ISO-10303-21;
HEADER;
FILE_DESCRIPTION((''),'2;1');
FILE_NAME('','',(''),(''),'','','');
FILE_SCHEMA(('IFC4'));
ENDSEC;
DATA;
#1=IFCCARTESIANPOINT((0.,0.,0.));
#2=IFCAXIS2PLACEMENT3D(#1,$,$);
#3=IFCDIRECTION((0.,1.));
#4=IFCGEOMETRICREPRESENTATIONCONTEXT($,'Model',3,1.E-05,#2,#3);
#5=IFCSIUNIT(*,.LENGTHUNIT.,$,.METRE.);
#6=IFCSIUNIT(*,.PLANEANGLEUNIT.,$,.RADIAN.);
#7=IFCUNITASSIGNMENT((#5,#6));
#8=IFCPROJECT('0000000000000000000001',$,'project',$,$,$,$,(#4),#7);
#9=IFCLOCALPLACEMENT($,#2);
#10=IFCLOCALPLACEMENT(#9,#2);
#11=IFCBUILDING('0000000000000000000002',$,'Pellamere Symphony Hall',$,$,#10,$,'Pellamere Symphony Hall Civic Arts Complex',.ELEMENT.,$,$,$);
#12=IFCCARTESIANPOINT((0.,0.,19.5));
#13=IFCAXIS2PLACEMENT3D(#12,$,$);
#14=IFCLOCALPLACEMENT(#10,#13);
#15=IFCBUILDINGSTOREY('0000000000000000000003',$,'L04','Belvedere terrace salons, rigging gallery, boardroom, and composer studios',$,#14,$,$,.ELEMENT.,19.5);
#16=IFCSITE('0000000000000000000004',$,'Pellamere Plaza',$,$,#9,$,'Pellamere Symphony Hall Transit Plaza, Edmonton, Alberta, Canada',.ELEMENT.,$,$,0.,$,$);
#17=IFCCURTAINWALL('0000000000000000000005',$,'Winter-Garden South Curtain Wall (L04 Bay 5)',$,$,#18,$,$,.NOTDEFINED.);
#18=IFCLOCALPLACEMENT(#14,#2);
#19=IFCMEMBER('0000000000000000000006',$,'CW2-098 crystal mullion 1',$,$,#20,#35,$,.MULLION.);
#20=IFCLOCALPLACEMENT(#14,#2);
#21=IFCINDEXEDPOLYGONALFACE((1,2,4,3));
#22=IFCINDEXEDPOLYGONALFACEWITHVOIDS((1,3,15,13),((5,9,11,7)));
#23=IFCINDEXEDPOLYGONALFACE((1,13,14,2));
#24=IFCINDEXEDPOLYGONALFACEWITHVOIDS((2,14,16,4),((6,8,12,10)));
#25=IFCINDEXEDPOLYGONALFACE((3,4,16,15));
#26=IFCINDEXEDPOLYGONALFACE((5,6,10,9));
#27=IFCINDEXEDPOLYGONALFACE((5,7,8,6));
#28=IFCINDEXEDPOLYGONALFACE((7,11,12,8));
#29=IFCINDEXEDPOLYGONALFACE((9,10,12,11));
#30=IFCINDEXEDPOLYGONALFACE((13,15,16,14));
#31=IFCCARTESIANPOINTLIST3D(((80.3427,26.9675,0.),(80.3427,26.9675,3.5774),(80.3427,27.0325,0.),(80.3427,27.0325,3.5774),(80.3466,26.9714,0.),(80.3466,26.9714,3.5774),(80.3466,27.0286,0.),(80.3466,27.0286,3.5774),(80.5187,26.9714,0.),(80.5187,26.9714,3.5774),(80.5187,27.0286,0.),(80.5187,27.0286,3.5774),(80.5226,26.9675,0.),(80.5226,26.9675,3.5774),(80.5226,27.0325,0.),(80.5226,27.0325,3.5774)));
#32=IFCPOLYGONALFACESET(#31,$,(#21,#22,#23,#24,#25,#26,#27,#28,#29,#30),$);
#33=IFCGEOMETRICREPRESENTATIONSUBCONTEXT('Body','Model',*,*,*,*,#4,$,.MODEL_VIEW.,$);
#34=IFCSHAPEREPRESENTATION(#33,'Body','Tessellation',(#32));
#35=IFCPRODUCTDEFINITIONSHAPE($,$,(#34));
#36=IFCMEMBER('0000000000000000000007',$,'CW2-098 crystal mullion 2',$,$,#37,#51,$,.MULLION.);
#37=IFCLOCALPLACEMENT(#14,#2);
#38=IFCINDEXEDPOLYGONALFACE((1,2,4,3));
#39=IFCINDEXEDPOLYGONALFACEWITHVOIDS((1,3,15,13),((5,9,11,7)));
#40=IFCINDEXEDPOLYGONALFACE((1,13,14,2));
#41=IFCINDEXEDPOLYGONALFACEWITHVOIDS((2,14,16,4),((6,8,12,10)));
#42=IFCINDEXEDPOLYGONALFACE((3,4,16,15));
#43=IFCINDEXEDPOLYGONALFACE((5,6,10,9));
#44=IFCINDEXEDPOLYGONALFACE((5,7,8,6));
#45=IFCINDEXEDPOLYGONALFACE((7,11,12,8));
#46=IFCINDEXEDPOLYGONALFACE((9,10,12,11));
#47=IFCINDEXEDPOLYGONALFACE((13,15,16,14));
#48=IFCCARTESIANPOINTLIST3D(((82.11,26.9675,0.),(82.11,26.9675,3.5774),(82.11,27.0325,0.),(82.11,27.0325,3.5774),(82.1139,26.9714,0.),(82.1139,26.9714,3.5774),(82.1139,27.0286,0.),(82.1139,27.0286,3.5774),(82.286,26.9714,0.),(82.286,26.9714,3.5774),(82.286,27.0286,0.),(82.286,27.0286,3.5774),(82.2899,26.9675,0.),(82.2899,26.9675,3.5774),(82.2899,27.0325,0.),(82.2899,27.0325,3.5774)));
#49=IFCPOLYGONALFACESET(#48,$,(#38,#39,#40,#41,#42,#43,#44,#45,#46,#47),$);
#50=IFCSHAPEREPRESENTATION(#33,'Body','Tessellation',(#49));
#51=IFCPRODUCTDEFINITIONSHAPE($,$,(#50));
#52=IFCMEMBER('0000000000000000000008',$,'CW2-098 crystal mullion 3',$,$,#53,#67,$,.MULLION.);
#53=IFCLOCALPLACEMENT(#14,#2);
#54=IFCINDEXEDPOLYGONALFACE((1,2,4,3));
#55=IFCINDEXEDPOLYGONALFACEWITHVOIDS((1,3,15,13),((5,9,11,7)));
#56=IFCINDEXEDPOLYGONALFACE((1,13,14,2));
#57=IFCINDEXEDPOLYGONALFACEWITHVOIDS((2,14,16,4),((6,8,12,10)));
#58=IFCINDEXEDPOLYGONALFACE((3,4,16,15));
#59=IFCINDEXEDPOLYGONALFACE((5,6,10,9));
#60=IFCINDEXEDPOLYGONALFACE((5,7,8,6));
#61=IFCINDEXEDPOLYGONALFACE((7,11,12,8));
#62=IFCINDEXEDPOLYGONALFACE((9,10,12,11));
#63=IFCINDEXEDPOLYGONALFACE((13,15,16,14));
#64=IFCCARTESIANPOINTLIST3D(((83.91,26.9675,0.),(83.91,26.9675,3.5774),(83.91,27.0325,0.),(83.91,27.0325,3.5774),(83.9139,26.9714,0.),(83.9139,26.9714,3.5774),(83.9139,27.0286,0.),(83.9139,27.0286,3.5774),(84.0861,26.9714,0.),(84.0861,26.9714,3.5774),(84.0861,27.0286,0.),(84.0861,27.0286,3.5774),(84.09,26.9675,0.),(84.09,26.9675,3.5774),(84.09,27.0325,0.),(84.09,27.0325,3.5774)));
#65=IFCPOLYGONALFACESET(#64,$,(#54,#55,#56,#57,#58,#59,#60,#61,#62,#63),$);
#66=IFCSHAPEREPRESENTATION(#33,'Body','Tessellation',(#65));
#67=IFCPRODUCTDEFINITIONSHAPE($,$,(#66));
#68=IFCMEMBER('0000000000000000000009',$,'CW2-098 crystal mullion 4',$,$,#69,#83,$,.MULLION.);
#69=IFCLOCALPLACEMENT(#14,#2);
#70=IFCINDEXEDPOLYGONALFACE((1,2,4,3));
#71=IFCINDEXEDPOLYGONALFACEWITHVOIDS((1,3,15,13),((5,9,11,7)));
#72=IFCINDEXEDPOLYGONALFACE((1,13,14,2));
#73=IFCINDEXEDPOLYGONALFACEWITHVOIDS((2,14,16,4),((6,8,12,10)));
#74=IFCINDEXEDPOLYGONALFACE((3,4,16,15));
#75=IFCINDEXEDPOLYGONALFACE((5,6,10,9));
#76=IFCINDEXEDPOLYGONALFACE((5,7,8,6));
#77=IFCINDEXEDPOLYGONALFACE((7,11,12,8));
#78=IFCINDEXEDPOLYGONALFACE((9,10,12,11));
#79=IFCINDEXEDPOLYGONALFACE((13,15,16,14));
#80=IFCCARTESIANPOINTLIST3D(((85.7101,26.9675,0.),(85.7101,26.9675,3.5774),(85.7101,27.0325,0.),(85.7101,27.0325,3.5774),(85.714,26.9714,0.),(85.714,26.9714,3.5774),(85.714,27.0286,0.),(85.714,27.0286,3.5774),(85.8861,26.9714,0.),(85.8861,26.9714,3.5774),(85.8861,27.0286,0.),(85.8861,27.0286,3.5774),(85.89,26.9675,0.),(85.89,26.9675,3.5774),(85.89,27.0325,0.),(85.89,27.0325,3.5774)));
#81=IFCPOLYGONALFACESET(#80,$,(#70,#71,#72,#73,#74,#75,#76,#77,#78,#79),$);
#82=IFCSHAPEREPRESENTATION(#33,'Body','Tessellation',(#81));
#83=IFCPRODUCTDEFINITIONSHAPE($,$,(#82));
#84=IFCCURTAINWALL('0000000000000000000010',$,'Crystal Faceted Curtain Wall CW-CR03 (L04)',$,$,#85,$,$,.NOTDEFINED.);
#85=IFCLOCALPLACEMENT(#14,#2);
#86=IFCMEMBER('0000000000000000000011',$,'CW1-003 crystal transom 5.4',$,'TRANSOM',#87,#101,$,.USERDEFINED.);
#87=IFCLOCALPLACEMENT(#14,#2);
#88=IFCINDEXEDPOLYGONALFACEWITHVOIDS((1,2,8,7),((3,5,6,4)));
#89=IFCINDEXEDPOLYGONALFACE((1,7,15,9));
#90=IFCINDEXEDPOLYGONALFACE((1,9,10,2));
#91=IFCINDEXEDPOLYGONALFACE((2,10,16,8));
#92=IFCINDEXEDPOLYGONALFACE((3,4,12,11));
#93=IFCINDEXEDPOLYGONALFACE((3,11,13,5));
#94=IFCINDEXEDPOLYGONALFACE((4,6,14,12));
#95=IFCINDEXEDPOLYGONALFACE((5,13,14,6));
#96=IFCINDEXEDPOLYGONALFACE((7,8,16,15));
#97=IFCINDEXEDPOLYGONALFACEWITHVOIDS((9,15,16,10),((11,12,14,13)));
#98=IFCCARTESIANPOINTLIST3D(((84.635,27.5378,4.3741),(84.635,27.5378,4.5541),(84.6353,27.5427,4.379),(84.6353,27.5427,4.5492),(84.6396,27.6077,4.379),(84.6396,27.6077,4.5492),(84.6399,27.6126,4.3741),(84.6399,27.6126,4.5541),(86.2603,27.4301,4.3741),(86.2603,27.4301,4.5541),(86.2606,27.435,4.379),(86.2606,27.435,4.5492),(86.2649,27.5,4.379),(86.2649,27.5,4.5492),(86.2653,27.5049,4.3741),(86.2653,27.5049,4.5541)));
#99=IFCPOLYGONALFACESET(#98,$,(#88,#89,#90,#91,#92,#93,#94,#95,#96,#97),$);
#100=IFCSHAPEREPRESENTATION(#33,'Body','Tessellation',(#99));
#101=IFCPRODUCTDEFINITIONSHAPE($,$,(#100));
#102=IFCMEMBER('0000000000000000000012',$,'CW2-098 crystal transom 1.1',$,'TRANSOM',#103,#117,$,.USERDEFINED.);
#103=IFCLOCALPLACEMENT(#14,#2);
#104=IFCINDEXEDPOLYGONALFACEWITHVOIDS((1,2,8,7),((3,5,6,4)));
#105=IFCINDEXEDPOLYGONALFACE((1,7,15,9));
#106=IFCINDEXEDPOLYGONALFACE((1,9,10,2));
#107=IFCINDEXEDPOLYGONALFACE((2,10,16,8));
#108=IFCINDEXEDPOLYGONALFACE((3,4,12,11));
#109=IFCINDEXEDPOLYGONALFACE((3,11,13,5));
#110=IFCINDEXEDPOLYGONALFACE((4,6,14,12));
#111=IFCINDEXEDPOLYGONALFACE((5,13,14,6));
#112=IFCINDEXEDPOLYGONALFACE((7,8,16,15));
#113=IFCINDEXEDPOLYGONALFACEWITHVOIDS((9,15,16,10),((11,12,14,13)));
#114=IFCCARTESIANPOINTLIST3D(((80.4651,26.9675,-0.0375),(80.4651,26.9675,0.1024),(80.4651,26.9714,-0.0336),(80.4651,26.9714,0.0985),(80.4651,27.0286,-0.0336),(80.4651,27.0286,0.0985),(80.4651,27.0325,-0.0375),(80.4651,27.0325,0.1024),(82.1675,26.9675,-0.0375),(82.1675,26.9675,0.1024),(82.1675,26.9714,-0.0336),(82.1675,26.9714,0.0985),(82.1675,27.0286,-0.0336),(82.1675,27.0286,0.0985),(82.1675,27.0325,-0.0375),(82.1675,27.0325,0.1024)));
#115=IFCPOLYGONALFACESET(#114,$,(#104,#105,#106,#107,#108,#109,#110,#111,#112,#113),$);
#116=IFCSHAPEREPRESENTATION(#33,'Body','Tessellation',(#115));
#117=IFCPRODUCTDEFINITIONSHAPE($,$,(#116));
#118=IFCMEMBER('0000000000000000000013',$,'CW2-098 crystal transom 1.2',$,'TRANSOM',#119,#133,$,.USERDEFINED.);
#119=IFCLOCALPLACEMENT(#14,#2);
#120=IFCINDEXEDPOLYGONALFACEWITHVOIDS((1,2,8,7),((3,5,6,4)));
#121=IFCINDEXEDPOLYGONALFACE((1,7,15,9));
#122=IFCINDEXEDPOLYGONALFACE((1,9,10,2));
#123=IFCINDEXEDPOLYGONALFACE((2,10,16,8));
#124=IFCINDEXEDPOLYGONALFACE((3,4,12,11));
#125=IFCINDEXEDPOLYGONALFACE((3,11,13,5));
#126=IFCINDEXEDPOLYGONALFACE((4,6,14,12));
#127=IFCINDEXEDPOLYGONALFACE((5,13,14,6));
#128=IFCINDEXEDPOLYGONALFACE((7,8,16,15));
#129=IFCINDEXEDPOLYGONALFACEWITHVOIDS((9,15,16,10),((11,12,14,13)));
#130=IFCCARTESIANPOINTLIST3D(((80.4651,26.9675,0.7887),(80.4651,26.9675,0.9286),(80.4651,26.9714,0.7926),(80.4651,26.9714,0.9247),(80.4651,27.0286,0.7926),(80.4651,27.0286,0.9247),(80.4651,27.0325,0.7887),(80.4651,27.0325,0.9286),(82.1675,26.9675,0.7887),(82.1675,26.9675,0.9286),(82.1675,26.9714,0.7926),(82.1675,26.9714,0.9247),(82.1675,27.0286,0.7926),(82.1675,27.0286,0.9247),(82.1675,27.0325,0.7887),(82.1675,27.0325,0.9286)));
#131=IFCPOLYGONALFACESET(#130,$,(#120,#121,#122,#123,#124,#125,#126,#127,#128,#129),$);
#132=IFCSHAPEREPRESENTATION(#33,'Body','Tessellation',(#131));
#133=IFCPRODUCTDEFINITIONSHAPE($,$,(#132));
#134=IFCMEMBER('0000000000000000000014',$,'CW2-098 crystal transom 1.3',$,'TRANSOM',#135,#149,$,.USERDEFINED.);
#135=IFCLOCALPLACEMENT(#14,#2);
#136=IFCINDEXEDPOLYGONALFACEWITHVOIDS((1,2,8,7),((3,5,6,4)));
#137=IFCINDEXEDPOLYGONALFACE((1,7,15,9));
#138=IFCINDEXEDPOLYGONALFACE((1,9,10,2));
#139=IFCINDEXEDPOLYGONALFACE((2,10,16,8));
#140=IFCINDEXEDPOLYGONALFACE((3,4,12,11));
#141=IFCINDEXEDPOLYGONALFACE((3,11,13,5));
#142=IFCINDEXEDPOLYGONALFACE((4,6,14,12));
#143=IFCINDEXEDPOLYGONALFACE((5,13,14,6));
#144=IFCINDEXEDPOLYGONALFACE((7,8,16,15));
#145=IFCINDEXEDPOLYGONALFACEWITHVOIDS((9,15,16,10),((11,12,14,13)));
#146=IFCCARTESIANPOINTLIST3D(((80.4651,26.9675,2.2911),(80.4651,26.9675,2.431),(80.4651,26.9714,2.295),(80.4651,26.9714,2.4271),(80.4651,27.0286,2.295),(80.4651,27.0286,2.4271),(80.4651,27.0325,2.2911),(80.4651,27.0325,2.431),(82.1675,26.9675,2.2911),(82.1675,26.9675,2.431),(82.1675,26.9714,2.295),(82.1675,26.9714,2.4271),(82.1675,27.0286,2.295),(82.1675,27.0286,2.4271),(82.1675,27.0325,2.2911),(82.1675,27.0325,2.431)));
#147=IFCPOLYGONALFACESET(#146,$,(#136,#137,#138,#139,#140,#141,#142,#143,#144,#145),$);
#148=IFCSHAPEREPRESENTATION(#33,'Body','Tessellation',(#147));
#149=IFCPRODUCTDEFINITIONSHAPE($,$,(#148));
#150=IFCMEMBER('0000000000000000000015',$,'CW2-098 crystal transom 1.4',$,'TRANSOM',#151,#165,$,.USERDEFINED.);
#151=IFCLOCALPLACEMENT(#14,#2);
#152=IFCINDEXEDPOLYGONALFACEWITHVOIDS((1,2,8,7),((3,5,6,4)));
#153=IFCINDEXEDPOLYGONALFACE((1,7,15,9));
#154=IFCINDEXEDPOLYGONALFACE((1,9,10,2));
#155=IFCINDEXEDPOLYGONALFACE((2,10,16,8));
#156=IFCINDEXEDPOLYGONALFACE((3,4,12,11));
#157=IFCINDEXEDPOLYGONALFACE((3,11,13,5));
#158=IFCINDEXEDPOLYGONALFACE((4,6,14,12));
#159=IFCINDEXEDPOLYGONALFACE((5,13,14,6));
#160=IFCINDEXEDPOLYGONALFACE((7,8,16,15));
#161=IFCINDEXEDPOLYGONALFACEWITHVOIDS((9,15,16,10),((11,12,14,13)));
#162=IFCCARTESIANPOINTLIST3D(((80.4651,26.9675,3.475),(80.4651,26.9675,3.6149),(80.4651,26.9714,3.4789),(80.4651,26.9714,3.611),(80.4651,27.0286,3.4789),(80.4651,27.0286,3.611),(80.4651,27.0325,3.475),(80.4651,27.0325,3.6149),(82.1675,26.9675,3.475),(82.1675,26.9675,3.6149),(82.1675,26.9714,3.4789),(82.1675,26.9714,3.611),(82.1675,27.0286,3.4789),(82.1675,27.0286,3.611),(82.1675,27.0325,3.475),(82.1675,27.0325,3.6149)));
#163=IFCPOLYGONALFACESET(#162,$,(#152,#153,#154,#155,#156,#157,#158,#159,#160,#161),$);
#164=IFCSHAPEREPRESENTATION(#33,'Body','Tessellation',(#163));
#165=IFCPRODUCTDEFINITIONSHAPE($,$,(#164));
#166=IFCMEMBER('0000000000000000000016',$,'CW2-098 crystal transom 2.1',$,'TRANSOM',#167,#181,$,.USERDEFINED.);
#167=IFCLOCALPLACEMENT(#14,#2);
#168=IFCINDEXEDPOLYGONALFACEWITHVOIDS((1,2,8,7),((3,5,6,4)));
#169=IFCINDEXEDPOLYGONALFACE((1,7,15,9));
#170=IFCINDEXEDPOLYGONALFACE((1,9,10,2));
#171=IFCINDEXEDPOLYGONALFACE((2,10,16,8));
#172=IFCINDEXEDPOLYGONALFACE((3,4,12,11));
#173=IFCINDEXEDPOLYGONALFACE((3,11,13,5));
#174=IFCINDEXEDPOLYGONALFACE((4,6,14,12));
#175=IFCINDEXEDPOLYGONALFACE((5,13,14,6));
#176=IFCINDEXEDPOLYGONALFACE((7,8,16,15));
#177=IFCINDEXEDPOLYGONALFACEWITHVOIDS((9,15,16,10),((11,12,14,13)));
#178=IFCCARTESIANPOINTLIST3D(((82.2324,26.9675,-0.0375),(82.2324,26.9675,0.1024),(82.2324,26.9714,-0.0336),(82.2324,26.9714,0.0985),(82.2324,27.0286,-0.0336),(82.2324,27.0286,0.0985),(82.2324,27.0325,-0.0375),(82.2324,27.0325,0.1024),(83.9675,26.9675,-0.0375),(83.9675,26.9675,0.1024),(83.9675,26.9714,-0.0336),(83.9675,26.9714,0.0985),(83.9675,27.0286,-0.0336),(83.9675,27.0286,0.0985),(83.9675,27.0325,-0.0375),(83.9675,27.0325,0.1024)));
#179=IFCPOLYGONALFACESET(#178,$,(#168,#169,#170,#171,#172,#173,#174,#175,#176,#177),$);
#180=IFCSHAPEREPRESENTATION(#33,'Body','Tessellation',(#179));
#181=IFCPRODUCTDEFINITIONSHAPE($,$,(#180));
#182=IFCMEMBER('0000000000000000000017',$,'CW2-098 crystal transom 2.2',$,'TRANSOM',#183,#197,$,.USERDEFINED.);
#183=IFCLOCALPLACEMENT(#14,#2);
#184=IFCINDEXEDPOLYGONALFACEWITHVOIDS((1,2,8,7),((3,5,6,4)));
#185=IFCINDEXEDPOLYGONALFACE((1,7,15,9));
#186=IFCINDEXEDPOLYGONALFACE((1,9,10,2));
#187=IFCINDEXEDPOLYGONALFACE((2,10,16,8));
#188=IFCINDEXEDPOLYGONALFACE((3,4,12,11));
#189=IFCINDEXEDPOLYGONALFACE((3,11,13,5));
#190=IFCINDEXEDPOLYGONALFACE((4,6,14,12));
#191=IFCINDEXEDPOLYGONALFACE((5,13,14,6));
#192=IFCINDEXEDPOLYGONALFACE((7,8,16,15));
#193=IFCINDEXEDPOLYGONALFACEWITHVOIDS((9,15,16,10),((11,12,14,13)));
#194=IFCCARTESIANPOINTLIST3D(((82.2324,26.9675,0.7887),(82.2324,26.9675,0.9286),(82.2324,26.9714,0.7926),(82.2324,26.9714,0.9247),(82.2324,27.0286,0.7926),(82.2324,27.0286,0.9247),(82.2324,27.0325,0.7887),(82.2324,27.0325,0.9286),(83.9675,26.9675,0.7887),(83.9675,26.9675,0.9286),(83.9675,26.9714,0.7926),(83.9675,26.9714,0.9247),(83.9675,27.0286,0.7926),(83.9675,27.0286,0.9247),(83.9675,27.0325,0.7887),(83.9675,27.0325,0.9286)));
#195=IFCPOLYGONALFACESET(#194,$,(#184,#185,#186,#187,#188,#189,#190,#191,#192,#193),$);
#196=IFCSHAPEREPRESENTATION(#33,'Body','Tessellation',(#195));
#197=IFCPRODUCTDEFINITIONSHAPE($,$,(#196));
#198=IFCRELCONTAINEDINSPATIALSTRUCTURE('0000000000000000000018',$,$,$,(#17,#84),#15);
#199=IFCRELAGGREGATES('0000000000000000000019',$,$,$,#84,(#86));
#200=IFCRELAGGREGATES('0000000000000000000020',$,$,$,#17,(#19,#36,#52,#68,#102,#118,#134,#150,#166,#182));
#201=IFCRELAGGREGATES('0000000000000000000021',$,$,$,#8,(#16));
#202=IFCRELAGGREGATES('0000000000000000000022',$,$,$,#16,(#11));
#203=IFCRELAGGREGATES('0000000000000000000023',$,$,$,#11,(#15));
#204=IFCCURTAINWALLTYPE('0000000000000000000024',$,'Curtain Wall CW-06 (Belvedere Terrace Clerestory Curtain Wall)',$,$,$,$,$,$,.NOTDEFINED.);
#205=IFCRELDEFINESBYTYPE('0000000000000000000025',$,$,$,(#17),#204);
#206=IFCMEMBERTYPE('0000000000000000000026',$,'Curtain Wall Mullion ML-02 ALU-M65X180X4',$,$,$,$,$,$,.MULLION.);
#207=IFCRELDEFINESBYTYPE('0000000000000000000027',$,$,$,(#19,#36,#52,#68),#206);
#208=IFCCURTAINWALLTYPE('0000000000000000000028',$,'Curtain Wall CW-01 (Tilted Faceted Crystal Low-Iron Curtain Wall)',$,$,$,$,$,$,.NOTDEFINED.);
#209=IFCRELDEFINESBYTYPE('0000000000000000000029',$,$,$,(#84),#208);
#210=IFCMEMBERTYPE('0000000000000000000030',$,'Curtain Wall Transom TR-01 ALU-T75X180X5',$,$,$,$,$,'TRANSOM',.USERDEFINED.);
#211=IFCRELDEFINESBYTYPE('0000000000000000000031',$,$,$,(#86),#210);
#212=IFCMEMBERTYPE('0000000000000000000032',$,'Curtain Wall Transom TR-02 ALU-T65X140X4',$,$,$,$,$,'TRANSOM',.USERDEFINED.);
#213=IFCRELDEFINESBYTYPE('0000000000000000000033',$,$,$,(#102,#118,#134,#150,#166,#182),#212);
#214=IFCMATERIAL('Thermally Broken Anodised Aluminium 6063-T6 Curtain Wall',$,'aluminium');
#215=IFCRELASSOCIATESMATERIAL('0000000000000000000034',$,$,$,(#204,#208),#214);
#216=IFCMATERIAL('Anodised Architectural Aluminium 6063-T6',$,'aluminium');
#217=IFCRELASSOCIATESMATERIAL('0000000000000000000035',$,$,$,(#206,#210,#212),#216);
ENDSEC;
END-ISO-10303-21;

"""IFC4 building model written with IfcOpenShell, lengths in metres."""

from ifc_helpers import new_model, si_unit, direction, frame, origin, origin_2d, place, context, subcontext, project, spatial, hollow_rectangle, extrude, material, material_profile, profile_set, type_object, element, aggregate, save


model = new_model("IFC4")

# Units and contexts
model_context = context("Model", 3, precision=1e-05, world=origin(), true_north=direction((0.0, 1.0)))
body_context = subcontext(model_context, "Body", "Model", "MODEL_VIEW")
ifc_project = project(units=[si_unit("LENGTHUNIT", "METRE"), si_unit("PLANEANGLEUNIT", "RADIAN")], contexts=[model_context])

# Site, building, storey
site_placement = place(None, origin())
site = spatial("IfcSite", under=ifc_project, at=site_placement, Name="Pellamere Plaza", LongName="Pellamere Symphony Hall Transit Plaza, Edmonton, Alberta, Canada", CompositionType="ELEMENT", RefElevation=0.0)
building_placement = place(site_placement, origin())
building = spatial("IfcBuilding", under=site, at=building_placement, Name="Pellamere Symphony Hall", LongName="Pellamere Symphony Hall Civic Arts Complex", CompositionType="ELEMENT")
storey_placement = place(building_placement, frame((0.0, 0.0, 19.5)))
storey = spatial("IfcBuildingStorey", under=building, at=storey_placement, Name="L04", Description="Belvedere terrace salons, rigging gallery, boardroom, and composer studios", CompositionType="ELEMENT", Elevation=19.5)

# Curtain wall, members
ifc_material_1 = material(Name="Thermally Broken Anodised Aluminium 6063-T6 Curtain Wall", Category="aluminium")
curtain_wall_type_1 = type_object("IfcCurtainWallType", Name="Curtain Wall CW-06 (Belvedere Terrace Clerestory Curtain Wall)", PredefinedType="NOTDEFINED", material=ifc_material_1)
curtain_wall_1_placement = place(storey_placement, origin())
curtain_wall_1 = element("IfcCurtainWall", 1, at=curtain_wall_1_placement, inside=storey, type_object=curtain_wall_type_1, Name="Winter-Garden South Curtain Wall (L04 Bay 5)", PredefinedType="NOTDEFINED")
ifc_material_2 = material(Name="Anodised Architectural Aluminium 6063-T6", Category="aluminium")
ifc_material_profile_1 = material_profile(ifc_material_2, hollow_rectangle(XDim=0.0649, YDim=0.1799, WallThickness=0.0039, at=origin_2d()), Name="ALU-M65X180X4")
ifc_profile_set_1 = profile_set([ifc_material_profile_1], Name="Anodised Architectural Aluminium 6063-T6")
member_type_1 = type_object("IfcMemberType", Name="Curtain Wall Mullion ML-02 ALU-M65X180X4", PredefinedType="MULLION", material=ifc_profile_set_1)
member_1_placement = place(storey_placement, frame((80.4326, 27.0, 0.0), z_axis=(0.0, 0.0, 1.0), x_axis=(0.0, 1.0, 0.0)))
member_1 = element("IfcMember", 2, at=member_1_placement, type_object=member_type_1, Name="CW2-098 crystal mullion 1", PredefinedType="MULLION", context=body_context, shape_type="SweptSolid", body=[
    extrude(hollow_rectangle(XDim=0.0649, YDim=0.1799, WallThickness=0.0039, at=origin_2d()), origin(), (0.0, 0.0, 1.0), 3.5774),
])
member_2_placement = place(storey_placement, frame((82.2, 27.0, 0.0), z_axis=(0.0, 0.0, 1.0), x_axis=(0.0, 1.0, 0.0)))
member_2 = element("IfcMember", 3, at=member_2_placement, type_object=member_type_1, Name="CW2-098 crystal mullion 2", PredefinedType="MULLION", context=body_context, shape_type="SweptSolid", body=[
    extrude(hollow_rectangle(XDim=0.0649, YDim=0.1799, WallThickness=0.0039, at=origin_2d()), origin(), (0.0, 0.0, 1.0), 3.5774),
])
member_3_placement = place(storey_placement, frame((84.0, 27.0, 0.0), z_axis=(0.0, 0.0, 1.0), x_axis=(0.0, 1.0, 0.0)))
member_3 = element("IfcMember", 4, at=member_3_placement, type_object=member_type_1, Name="CW2-098 crystal mullion 3", PredefinedType="MULLION", context=body_context, shape_type="SweptSolid", body=[
    extrude(hollow_rectangle(XDim=0.0649, YDim=0.1799, WallThickness=0.0039, at=origin_2d()), origin(), (0.0, 0.0, 1.0), 3.5774),
])
member_4_placement = place(storey_placement, frame((85.8, 27.0, 0.0), z_axis=(0.0, 0.0, 1.0), x_axis=(0.0, 1.0, 0.0)))
member_4 = element("IfcMember", 5, at=member_4_placement, type_object=member_type_1, Name="CW2-098 crystal mullion 4", PredefinedType="MULLION", context=body_context, shape_type="SweptSolid", body=[
    extrude(hollow_rectangle(XDim=0.0649, YDim=0.1799, WallThickness=0.0039, at=origin_2d()), origin(), (0.0, 0.0, 1.0), 3.5774),
])

# Curtain wall, member
curtain_wall_type_2 = type_object("IfcCurtainWallType", Name="Curtain Wall CW-01 (Tilted Faceted Crystal Low-Iron Curtain Wall)", PredefinedType="NOTDEFINED", material=ifc_material_1)
curtain_wall_2_placement = place(storey_placement, origin())
curtain_wall_2 = element("IfcCurtainWall", 6, at=curtain_wall_2_placement, inside=storey, type_object=curtain_wall_type_2, Name="Crystal Faceted Curtain Wall CW-CR03 (L04)", PredefinedType="NOTDEFINED")
ifc_material_profile_2 = material_profile(ifc_material_2, hollow_rectangle(XDim=0.075, YDim=0.1799, WallThickness=0.0049, at=origin_2d()), Name="ALU-T75X180X5")
ifc_profile_set_2 = profile_set([ifc_material_profile_2], Name="Anodised Architectural Aluminium 6063-T6")
member_type_2 = type_object("IfcMemberType", Name="Curtain Wall Transom TR-01 ALU-T75X180X5", ElementType="TRANSOM", PredefinedType="USERDEFINED", material=ifc_profile_set_2)
member_5_placement = place(storey_placement, frame((84.6375, 27.5752, 4.4641), z_axis=(0.997813, -0.066101, 0.0), x_axis=(0.066101, 0.997813, 0.0)))
member_5 = element("IfcMember", 7, at=member_5_placement, type_object=member_type_2, Name="CW1-003 crystal transom 5.4", ObjectType="TRANSOM", PredefinedType="USERDEFINED", context=body_context, shape_type="SweptSolid", body=[
    extrude(hollow_rectangle(XDim=0.075, YDim=0.1799, WallThickness=0.0049, at=origin_2d()), origin(), (0.0, 0.0, 1.0), 1.6289),
])
aggregate(curtain_wall_2, [member_5])

# Members
ifc_material_profile_3 = material_profile(ifc_material_2, hollow_rectangle(XDim=0.0649, YDim=0.1399, WallThickness=0.0039, at=origin_2d()), Name="ALU-T65X140X4")
ifc_profile_set_3 = profile_set([ifc_material_profile_3], Name="Anodised Architectural Aluminium 6063-T6")
member_type_3 = type_object("IfcMemberType", Name="Curtain Wall Transom TR-02 ALU-T65X140X4", ElementType="TRANSOM", PredefinedType="USERDEFINED", material=ifc_profile_set_3)
member_6_placement = place(storey_placement, frame((80.4651, 27.0, 0.0325), z_axis=(1.0, 0.0, 0.0), x_axis=(0.0, 1.0, 0.0)))
member_6 = element("IfcMember", 8, at=member_6_placement, type_object=member_type_3, Name="CW2-098 crystal transom 1.1", ObjectType="TRANSOM", PredefinedType="USERDEFINED", context=body_context, shape_type="SweptSolid", body=[
    extrude(hollow_rectangle(XDim=0.0649, YDim=0.1399, WallThickness=0.0039, at=origin_2d()), origin(), (0.0, 0.0, 1.0), 1.7024),
])
member_7_placement = place(storey_placement, frame((80.4651, 27.0, 0.8586), z_axis=(1.0, 0.0, 0.0), x_axis=(0.0, 1.0, 0.0)))
member_7 = element("IfcMember", 9, at=member_7_placement, type_object=member_type_3, Name="CW2-098 crystal transom 1.2", ObjectType="TRANSOM", PredefinedType="USERDEFINED", context=body_context, shape_type="SweptSolid", body=[
    extrude(hollow_rectangle(XDim=0.0649, YDim=0.1399, WallThickness=0.0039, at=origin_2d()), origin(), (0.0, 0.0, 1.0), 1.7024),
])
member_8_placement = place(storey_placement, frame((80.4651, 27.0, 2.3611), z_axis=(1.0, 0.0, 0.0), x_axis=(0.0, 1.0, 0.0)))
member_8 = element("IfcMember", 10, at=member_8_placement, type_object=member_type_3, Name="CW2-098 crystal transom 1.3", ObjectType="TRANSOM", PredefinedType="USERDEFINED", context=body_context, shape_type="SweptSolid", body=[
    extrude(hollow_rectangle(XDim=0.0649, YDim=0.1399, WallThickness=0.0039, at=origin_2d()), origin(), (0.0, 0.0, 1.0), 1.7024),
])
member_9_placement = place(storey_placement, frame((80.4651, 27.0, 3.5449), z_axis=(1.0, 0.0, 0.0), x_axis=(0.0, 1.0, 0.0)))
member_9 = element("IfcMember", 11, at=member_9_placement, type_object=member_type_3, Name="CW2-098 crystal transom 1.4", ObjectType="TRANSOM", PredefinedType="USERDEFINED", context=body_context, shape_type="SweptSolid", body=[
    extrude(hollow_rectangle(XDim=0.0649, YDim=0.1399, WallThickness=0.0039, at=origin_2d()), origin(), (0.0, 0.0, 1.0), 1.7024),
])
member_10_placement = place(storey_placement, frame((82.2324, 27.0, 0.0325), z_axis=(1.0, 0.0, 0.0), x_axis=(0.0, 1.0, 0.0)))
member_10 = element("IfcMember", 12, at=member_10_placement, type_object=member_type_3, Name="CW2-098 crystal transom 2.1", ObjectType="TRANSOM", PredefinedType="USERDEFINED", context=body_context, shape_type="SweptSolid", body=[
    extrude(hollow_rectangle(XDim=0.0649, YDim=0.1399, WallThickness=0.0039, at=origin_2d()), origin(), (0.0, 0.0, 1.0), 1.7351),
])
member_11_placement = place(storey_placement, frame((82.2324, 27.0, 0.8586), z_axis=(1.0, 0.0, 0.0), x_axis=(0.0, 1.0, 0.0)))
member_11 = element("IfcMember", 13, at=member_11_placement, type_object=member_type_3, Name="CW2-098 crystal transom 2.2", ObjectType="TRANSOM", PredefinedType="USERDEFINED", context=body_context, shape_type="SweptSolid", body=[
    extrude(hollow_rectangle(XDim=0.0649, YDim=0.1399, WallThickness=0.0039, at=origin_2d()), origin(), (0.0, 0.0, 1.0), 1.7351),
])

aggregate(curtain_wall_1, [member_1, member_2, member_3, member_4, member_6, member_7, member_8, member_9, member_10, member_11])

save(model, "model.ifc")
